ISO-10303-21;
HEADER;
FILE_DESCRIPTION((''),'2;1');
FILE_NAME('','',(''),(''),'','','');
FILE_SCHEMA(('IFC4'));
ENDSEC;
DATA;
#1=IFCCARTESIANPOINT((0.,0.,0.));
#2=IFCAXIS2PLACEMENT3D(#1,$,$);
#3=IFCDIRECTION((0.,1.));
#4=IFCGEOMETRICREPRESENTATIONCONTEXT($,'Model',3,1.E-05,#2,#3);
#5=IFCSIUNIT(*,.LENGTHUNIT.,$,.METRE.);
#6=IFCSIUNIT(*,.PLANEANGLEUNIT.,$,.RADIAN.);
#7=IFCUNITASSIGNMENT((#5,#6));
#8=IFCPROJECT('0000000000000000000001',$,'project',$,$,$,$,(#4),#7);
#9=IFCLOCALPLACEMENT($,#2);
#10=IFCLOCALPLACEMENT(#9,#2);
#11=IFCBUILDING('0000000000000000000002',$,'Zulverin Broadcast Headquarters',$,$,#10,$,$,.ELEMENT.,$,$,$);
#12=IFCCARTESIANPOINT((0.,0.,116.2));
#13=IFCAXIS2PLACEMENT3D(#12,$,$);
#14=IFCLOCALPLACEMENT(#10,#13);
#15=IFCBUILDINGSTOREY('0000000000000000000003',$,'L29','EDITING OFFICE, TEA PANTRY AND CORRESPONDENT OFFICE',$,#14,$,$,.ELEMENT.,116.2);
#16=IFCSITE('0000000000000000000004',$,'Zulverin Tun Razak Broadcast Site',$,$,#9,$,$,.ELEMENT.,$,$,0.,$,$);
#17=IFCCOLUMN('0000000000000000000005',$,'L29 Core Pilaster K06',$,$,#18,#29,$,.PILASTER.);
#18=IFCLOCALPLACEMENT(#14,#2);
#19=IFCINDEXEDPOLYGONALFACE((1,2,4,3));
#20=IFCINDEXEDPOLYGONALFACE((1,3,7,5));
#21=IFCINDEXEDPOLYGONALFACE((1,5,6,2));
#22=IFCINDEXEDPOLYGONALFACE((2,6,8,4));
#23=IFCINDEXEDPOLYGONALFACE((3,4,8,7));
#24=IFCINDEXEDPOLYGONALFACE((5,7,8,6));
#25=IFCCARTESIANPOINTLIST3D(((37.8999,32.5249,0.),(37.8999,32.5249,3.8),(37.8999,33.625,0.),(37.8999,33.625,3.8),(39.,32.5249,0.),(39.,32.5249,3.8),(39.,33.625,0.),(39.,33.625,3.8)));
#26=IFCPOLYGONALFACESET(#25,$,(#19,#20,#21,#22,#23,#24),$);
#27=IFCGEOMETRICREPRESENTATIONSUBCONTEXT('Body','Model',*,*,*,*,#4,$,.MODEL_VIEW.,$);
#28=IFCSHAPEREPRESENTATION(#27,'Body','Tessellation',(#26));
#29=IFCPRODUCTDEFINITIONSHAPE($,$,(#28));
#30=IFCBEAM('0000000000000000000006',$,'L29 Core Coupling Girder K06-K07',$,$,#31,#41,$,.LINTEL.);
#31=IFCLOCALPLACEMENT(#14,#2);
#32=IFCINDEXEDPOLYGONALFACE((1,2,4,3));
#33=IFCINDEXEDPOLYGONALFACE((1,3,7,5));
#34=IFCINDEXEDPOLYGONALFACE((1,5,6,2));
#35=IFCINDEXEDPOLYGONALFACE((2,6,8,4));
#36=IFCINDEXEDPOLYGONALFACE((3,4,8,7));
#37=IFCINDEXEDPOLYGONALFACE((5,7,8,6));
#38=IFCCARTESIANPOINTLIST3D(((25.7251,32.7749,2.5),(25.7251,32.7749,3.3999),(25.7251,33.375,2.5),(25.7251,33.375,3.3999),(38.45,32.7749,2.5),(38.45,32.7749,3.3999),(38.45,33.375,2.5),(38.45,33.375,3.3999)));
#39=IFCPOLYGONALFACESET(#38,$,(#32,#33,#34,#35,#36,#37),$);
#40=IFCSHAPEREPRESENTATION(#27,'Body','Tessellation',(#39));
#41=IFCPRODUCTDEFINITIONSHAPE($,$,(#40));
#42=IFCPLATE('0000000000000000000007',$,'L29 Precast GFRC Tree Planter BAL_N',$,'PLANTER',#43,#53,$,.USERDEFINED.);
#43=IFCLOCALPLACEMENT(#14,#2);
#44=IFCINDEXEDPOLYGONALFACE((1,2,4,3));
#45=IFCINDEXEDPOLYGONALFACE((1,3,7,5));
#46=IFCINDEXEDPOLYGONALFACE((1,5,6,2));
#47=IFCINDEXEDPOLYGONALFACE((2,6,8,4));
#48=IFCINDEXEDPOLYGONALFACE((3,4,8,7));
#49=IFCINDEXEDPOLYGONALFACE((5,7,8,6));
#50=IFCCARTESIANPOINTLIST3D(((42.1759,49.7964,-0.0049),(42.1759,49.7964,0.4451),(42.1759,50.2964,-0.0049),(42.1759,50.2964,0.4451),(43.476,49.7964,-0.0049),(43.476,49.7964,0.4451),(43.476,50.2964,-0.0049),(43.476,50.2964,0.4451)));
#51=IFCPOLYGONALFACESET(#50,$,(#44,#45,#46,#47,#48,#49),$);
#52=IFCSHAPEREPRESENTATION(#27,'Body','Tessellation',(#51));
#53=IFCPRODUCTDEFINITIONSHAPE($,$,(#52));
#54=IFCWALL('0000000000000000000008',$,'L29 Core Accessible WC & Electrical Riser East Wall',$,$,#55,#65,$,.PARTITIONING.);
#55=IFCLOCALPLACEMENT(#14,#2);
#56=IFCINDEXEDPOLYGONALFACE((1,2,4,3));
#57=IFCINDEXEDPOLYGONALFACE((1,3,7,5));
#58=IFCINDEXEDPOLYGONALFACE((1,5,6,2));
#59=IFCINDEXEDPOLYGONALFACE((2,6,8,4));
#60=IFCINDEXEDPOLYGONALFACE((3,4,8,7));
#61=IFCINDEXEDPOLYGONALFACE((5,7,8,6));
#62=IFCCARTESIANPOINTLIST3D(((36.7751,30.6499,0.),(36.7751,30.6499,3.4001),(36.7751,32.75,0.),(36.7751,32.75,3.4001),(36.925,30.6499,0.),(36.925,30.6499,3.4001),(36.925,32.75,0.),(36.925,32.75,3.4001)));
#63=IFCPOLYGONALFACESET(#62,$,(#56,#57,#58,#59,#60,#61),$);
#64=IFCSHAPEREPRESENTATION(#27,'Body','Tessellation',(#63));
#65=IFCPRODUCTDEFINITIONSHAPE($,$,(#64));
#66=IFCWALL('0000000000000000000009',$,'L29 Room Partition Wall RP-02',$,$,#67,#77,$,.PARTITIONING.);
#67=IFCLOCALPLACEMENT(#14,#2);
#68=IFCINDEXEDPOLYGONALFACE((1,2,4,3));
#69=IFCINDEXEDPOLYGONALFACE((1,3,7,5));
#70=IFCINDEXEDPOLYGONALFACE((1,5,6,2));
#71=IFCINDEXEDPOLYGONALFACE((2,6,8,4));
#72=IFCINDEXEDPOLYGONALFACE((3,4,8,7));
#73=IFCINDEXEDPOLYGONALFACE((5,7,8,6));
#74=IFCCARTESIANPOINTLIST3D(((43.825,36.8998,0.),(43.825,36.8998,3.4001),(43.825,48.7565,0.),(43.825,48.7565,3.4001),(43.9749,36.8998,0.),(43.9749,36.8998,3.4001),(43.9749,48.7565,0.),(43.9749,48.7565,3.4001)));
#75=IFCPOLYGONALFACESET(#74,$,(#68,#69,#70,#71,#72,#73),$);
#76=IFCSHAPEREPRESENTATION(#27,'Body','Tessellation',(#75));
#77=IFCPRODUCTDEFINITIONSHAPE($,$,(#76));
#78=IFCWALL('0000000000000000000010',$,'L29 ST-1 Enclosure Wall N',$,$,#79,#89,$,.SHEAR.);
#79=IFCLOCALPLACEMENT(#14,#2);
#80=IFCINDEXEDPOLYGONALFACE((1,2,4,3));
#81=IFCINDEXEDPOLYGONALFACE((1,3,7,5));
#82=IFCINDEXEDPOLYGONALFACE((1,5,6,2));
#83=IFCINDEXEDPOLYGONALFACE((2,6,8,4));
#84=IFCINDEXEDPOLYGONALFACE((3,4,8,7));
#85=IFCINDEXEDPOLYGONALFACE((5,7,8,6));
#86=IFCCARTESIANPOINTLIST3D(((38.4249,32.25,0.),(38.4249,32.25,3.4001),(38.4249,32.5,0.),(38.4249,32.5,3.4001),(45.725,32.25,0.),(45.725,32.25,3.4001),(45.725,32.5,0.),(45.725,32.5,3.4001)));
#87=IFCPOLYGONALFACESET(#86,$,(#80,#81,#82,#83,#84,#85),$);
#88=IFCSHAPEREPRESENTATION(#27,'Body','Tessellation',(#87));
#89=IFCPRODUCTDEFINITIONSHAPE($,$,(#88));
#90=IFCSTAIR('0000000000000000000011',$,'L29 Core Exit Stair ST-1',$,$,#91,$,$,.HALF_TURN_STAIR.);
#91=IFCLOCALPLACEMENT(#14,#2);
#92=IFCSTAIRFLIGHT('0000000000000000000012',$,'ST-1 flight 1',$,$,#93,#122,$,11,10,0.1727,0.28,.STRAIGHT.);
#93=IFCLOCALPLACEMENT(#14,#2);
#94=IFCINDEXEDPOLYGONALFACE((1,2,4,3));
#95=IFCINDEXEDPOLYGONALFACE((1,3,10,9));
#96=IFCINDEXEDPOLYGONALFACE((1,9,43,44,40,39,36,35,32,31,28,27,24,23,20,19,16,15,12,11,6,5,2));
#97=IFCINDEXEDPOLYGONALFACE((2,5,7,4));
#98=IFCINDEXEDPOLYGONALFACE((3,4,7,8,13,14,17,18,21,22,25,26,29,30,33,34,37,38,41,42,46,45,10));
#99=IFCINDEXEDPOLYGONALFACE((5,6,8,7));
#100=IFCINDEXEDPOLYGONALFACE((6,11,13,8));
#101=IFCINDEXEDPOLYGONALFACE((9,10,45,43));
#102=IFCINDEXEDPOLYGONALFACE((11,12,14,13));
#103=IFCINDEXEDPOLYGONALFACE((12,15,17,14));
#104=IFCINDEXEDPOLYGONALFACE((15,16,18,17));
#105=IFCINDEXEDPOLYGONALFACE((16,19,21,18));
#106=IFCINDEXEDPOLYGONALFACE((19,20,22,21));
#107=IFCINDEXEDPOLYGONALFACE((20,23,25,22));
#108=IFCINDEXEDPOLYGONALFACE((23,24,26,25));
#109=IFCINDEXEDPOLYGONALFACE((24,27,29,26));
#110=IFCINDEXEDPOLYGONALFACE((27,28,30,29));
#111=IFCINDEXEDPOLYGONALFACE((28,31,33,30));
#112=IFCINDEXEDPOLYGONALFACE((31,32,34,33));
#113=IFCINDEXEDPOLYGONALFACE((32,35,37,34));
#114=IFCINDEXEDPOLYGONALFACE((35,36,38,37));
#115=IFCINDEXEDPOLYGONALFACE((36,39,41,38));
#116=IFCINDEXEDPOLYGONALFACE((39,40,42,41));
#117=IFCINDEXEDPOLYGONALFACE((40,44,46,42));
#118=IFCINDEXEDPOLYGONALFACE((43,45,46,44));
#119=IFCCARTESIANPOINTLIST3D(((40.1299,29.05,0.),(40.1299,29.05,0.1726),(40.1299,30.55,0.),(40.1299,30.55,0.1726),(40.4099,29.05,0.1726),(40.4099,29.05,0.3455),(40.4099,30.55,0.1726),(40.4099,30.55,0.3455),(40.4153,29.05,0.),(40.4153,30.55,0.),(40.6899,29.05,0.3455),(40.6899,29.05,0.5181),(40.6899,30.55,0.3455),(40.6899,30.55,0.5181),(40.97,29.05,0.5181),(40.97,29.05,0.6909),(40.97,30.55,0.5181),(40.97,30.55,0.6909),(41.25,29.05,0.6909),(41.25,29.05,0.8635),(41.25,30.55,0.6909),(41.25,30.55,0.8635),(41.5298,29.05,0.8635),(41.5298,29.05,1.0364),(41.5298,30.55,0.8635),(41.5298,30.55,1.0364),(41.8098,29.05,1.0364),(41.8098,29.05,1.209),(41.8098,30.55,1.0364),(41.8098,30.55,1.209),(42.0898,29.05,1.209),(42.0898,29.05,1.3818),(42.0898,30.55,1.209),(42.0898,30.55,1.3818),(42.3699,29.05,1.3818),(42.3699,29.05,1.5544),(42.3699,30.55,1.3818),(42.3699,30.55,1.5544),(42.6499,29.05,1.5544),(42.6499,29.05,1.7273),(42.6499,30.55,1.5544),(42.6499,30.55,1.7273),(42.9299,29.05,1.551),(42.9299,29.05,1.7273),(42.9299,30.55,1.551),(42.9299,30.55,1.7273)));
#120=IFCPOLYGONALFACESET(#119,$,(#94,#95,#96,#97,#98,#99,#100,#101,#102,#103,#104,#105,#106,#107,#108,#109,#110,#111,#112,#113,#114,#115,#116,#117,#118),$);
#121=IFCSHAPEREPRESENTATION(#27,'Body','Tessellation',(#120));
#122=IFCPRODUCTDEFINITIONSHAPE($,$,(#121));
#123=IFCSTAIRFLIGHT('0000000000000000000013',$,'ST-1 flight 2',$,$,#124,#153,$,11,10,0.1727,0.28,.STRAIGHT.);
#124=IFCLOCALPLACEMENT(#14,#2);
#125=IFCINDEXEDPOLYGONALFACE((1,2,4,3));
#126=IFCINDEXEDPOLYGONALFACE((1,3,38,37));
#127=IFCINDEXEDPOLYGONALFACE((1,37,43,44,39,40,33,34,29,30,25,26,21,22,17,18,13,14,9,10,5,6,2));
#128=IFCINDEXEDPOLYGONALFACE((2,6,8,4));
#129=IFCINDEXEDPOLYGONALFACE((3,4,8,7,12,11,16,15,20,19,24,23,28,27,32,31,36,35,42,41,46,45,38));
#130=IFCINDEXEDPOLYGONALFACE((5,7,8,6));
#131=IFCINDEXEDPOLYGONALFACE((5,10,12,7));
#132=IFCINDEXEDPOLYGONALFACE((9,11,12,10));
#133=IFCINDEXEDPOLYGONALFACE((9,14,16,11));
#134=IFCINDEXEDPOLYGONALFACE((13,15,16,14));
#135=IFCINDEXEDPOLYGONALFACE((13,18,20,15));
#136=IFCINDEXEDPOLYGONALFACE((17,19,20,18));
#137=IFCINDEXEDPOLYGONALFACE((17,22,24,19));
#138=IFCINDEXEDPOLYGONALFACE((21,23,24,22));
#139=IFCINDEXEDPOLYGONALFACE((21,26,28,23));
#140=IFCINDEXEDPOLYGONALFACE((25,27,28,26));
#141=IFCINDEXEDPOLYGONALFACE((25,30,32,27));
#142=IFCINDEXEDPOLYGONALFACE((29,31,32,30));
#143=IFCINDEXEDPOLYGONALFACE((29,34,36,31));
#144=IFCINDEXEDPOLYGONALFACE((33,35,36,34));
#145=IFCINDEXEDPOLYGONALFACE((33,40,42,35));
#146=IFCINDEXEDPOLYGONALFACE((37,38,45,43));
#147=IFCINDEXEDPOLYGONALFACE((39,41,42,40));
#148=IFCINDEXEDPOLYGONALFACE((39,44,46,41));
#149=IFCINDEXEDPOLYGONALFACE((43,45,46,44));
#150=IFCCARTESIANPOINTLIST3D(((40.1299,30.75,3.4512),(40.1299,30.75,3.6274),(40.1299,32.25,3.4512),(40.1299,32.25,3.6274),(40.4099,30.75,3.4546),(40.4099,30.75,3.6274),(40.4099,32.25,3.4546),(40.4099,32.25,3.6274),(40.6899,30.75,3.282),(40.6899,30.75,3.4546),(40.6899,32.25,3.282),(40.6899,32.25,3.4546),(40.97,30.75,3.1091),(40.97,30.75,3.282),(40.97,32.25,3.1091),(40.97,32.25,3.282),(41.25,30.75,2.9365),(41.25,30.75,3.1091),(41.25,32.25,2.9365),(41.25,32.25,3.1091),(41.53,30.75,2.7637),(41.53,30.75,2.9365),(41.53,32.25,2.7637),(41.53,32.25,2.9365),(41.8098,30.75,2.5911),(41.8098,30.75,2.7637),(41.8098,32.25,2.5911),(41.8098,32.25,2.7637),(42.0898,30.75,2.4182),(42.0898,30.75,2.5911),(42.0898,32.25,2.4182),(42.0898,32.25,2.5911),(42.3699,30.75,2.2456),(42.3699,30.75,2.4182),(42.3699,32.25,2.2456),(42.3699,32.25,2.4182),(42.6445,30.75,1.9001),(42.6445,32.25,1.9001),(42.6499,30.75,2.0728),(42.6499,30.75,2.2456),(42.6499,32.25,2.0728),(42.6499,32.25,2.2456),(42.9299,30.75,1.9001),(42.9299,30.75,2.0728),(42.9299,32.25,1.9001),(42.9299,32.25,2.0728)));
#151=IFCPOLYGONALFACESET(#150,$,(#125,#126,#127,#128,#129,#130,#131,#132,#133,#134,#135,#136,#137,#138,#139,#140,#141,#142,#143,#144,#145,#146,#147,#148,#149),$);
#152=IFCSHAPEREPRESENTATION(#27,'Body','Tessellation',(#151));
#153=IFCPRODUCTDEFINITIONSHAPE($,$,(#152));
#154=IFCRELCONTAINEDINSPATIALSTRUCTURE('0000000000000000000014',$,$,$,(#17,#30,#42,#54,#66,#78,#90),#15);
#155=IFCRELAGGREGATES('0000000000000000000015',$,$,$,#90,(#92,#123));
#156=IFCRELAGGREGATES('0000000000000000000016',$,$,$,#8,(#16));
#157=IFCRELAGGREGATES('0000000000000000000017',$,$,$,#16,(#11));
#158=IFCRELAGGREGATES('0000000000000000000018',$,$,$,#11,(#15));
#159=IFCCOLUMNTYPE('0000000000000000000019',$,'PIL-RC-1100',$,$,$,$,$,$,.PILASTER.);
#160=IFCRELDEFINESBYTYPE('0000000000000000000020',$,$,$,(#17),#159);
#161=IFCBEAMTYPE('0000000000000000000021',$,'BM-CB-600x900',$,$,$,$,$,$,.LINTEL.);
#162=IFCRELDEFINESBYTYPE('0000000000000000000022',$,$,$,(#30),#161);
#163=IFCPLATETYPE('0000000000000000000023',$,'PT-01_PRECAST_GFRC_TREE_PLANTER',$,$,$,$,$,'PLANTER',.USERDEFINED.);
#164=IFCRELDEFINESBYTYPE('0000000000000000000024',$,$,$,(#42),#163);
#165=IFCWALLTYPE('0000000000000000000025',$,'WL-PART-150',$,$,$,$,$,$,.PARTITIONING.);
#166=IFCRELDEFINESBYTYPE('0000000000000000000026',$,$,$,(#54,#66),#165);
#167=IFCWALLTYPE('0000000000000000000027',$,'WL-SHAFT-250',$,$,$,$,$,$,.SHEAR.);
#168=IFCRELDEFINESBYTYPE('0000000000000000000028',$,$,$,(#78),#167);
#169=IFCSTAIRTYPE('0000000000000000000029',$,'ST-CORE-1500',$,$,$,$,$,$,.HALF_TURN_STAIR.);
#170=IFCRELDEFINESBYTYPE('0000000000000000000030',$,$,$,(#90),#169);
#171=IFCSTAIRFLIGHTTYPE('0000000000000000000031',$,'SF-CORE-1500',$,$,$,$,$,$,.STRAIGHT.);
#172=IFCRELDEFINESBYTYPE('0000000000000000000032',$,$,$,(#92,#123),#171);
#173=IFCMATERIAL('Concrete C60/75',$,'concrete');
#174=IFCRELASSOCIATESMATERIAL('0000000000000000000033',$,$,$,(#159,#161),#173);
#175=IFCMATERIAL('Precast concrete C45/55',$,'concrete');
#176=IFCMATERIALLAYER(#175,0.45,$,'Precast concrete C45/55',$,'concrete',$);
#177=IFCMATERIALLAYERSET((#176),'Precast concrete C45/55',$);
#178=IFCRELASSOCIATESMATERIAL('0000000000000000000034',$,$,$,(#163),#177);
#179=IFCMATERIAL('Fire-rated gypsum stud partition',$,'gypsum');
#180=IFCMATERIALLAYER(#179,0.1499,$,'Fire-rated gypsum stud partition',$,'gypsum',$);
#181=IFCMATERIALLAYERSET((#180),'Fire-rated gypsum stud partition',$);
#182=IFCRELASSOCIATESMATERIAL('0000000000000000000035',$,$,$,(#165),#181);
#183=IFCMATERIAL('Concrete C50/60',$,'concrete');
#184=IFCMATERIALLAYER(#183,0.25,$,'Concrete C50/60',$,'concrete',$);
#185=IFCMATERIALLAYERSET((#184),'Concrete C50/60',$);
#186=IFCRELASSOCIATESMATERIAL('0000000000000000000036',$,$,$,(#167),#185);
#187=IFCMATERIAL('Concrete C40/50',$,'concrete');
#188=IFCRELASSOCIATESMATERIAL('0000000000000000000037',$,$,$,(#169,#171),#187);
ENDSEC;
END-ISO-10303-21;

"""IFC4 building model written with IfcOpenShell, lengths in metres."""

from ifc_helpers import new_model, si_unit, direction, frame, frame_2d, origin, origin_2d, place, context, subcontext, project, spatial, polyline, rectangle, outline, extrude, material, layer, layer_set, material_profile, profile_set, type_object, element, aggregate, save


model = new_model("IFC4")

# Units and contexts
model_context = context("Model", 3, precision=1e-05, world=origin(), true_north=direction((0.0, 1.0)))
body_context = subcontext(model_context, "Body", "Model", "MODEL_VIEW")
ifc_project = project(units=[si_unit("LENGTHUNIT", "METRE"), si_unit("PLANEANGLEUNIT", "RADIAN")], contexts=[model_context])

# Site, building, storey
site_placement = place(None, origin())
site = spatial("IfcSite", under=ifc_project, at=site_placement, Name="Zulverin Tun Razak Broadcast Site", CompositionType="ELEMENT", RefElevation=0.0)
building_placement = place(site_placement, origin())
building = spatial("IfcBuilding", under=site, at=building_placement, Name="Zulverin Broadcast Headquarters", CompositionType="ELEMENT")
storey_placement = place(building_placement, frame((0.0, 0.0, 116.2)))
storey = spatial("IfcBuildingStorey", under=building, at=storey_placement, Name="L29", Description="EDITING OFFICE, TEA PANTRY AND CORRESPONDENT OFFICE", CompositionType="ELEMENT", Elevation=116.2)

# Column
ifc_material_1 = material(Name="Concrete C60/75", Category="concrete")
ifc_material_profile_1 = material_profile(ifc_material_1, rectangle(XDim=1.1001, YDim=1.1001, at=origin_2d()), Name="Concrete C60/75", Category="concrete")
ifc_profile_set_1 = profile_set([ifc_material_profile_1], Name="Concrete C60/75")
column_type = type_object("IfcColumnType", Name="PIL-RC-1100", PredefinedType="PILASTER", material=ifc_profile_set_1)
column_placement = place(storey_placement, frame((38.45, 33.075, 0.0), z_axis=(0.0, 0.0, 1.0), x_axis=(1.0, 0.0, 0.0)))
element("IfcColumn", 1, at=column_placement, inside=storey, type_object=column_type, Name="L29 Core Pilaster K06", PredefinedType="PILASTER", context=body_context, shape_type="SweptSolid", body=[
    extrude(rectangle(XDim=1.1001, YDim=1.1001, at=origin_2d()), origin(), (0.0, 0.0, 1.0), 3.8),
])

# Beam
ifc_material_profile_2 = material_profile(ifc_material_1, rectangle(XDim=0.6001, YDim=0.8999, at=origin_2d()), Name="Concrete C60/75", Category="concrete")
ifc_profile_set_2 = profile_set([ifc_material_profile_2], Name="Concrete C60/75")
beam_type = type_object("IfcBeamType", Name="BM-CB-600x900", PredefinedType="LINTEL", material=ifc_profile_set_2)
beam_placement = place(storey_placement, frame((38.45, 33.075, 2.95), z_axis=(-1.0, 0.0, 0.0), x_axis=(0.0, -1.0, 0.0)))
element("IfcBeam", 2, at=beam_placement, inside=storey, type_object=beam_type, Name="L29 Core Coupling Girder K06-K07", PredefinedType="LINTEL", context=body_context, shape_type="SweptSolid", body=[
    extrude(rectangle(XDim=0.6001, YDim=0.8999, at=origin_2d()), origin(), (0.0, 0.0, 1.0), 12.7249),
])

# Plate
ifc_material_2 = material(Name="Precast concrete C45/55", Category="concrete")
ifc_layer_1 = layer(ifc_material_2, 0.45, Name="Precast concrete C45/55", Category="concrete")
ifc_layer_set_1 = layer_set([ifc_layer_1], Name="Precast concrete C45/55")
plate_type = type_object("IfcPlateType", Name="PT-01_PRECAST_GFRC_TREE_PLANTER", ElementType="PLANTER", PredefinedType="USERDEFINED", material=ifc_layer_set_1)
plate_placement = place(storey_placement, frame((42.8259, 50.0464, -0.0049), z_axis=(0.0, 0.0, 1.0), x_axis=(1.0, 0.0, 0.0)))
element("IfcPlate", 3, at=plate_placement, inside=storey, type_object=plate_type, Name="L29 Precast GFRC Tree Planter BAL_N", ObjectType="PLANTER", PredefinedType="USERDEFINED", context=body_context, shape_type="SweptSolid", body=[
    extrude(rectangle(XDim=1.3, YDim=0.5, at=origin_2d()), origin(), (0.0, 0.0, 1.0), 0.45),
])

# Walls
ifc_material_3 = material(Name="Fire-rated gypsum stud partition", Category="gypsum")
ifc_layer_2 = layer(ifc_material_3, 0.1499, Name="Fire-rated gypsum stud partition", Category="gypsum")
ifc_layer_set_2 = layer_set([ifc_layer_2], Name="Fire-rated gypsum stud partition")
wall_type_1 = type_object("IfcWallType", Name="WL-PART-150", PredefinedType="PARTITIONING", material=ifc_layer_set_2)
wall_1_placement = place(storey_placement, frame((36.8501, 30.6499, 0.0), z_axis=(0.0, 0.0, 1.0), x_axis=(0.0, 1.0, 0.0)))
element("IfcWall", 4, at=wall_1_placement, inside=storey, type_object=wall_type_1, Name="L29 Core Accessible WC & Electrical Riser East Wall", PredefinedType="PARTITIONING", context=body_context, shape_type="SweptSolid", body=[
    extrude(rectangle(XDim=2.1001, YDim=0.1499, at=frame_2d((1.05, 0.0))), origin(), (0.0, 0.0, 1.0), 3.4001),
])
wall_2_placement = place(storey_placement, frame((43.8999, 36.8999, 0.0), z_axis=(0.0, 0.0, 1.0), x_axis=(0.0, 1.0, 0.0)))
element("IfcWall", 5, at=wall_2_placement, inside=storey, type_object=wall_type_1, Name="L29 Room Partition Wall RP-02", PredefinedType="PARTITIONING", context=body_context, shape_type="SweptSolid", body=[
    extrude(rectangle(XDim=11.8567, YDim=0.1499, at=frame_2d((5.9282, 0.0))), origin(), (0.0, 0.0, 1.0), 3.4001),
])
ifc_material_4 = material(Name="Concrete C50/60", Category="concrete")
ifc_layer_3 = layer(ifc_material_4, 0.25, Name="Concrete C50/60", Category="concrete")
ifc_layer_set_3 = layer_set([ifc_layer_3], Name="Concrete C50/60")
wall_type_2 = type_object("IfcWallType", Name="WL-SHAFT-250", PredefinedType="SHEAR", material=ifc_layer_set_3)
wall_3_placement = place(storey_placement, frame((38.425, 32.375, 0.0), z_axis=(0.0, 0.0, 1.0), x_axis=(1.0, 0.0, 0.0)))
element("IfcWall", 6, at=wall_3_placement, inside=storey, type_object=wall_type_2, Name="L29 ST-1 Enclosure Wall N", PredefinedType="SHEAR", context=body_context, shape_type="SweptSolid", body=[
    extrude(rectangle(XDim=7.3, YDim=0.25, at=frame_2d((3.6499, 0.0))), origin(), (0.0, 0.0, 1.0), 3.4001),
])

# Stair, stair flights
ifc_material_5 = material(Name="Concrete C40/50", Category="concrete")
stair_type = type_object("IfcStairType", Name="ST-CORE-1500", PredefinedType="HALF_TURN_STAIR", material=ifc_material_5)
stair_placement = place(storey_placement, origin())
stair = element("IfcStair", 7, at=stair_placement, inside=storey, type_object=stair_type, Name="L29 Core Exit Stair ST-1", PredefinedType="HALF_TURN_STAIR")
stair_flight_type = type_object("IfcStairFlightType", Name="SF-CORE-1500", PredefinedType="STRAIGHT", material=ifc_material_5)
stair_flight_1_placement = place(storey_placement, frame((40.1299, 29.8, 0.0), z_axis=(0.0, 0.0, 1.0), x_axis=(1.0, 0.0, 0.0)))
stair_flight_1 = element("IfcStairFlight", 8, at=stair_flight_1_placement, type_object=stair_flight_type, Name="ST-1 flight 1", NumberOfRisers=11, NumberOfTreads=10, PredefinedType="STRAIGHT", RiserHeight=0.1727, TreadLength=0.28, context=body_context, shape_type="SweptSolid", body=[
    extrude(outline(polyline([(0.0, 0.0), (0.0, 0.1726), (0.28, 0.1726), (0.28, 0.3455), (0.5601, 0.3455), (0.5601, 0.5181), (0.8401, 0.5181), (0.8401, 0.6909), (1.1201, 0.6909), (1.1201, 0.8635), (1.3999, 0.8635), (1.3999, 1.0364), (1.6799, 1.0364), (1.6799, 1.209), (1.96, 1.209), (1.96, 1.3818), (2.24, 1.3818), (2.24, 1.5544), (2.52, 1.5544), (2.52, 1.7273), (2.8, 1.7273), (2.8, 1.8999), (2.8, 1.551), (0.2854, 0.0), (0.0, 0.0)])), frame((0.0, 0.75, 0.0), z_axis=(0.0, -1.0, 0.0), x_axis=(1.0, 0.0, 0.0)), (0.0, 0.0, 1.0), 1.5),
])
stair_flight_2_placement = place(storey_placement, frame((42.9299, 31.5, 1.9001), z_axis=(0.0, 0.0, 1.0), x_axis=(-1.0, 0.0, 0.0)))
stair_flight_2 = element("IfcStairFlight", 9, at=stair_flight_2_placement, type_object=stair_flight_type, Name="ST-1 flight 2", NumberOfRisers=11, NumberOfTreads=10, PredefinedType="STRAIGHT", RiserHeight=0.1727, TreadLength=0.28, context=body_context, shape_type="SweptSolid", body=[
    extrude(outline(polyline([(0.0, 0.0), (0.0, 0.1726), (0.28, 0.1726), (0.28, 0.3455), (0.5601, 0.3455), (0.5601, 0.5181), (0.8401, 0.5181), (0.8401, 0.6909), (1.1201, 0.6909), (1.1201, 0.8635), (1.3999, 0.8635), (1.3999, 1.0364), (1.6799, 1.0364), (1.6799, 1.209), (1.96, 1.209), (1.96, 1.3818), (2.24, 1.3818), (2.24, 1.5544), (2.52, 1.5544), (2.52, 1.7273), (2.8, 1.7273), (2.8, 1.8999), (2.8, 1.551), (0.2854, 0.0), (0.0, 0.0)])), frame((0.0, 0.75, 0.0), z_axis=(0.0, -1.0, 0.0), x_axis=(1.0, 0.0, 0.0)), (0.0, 0.0, 1.0), 1.5),
])
aggregate(stair, [stair_flight_1, stair_flight_2])

save(model, "model.ifc")
